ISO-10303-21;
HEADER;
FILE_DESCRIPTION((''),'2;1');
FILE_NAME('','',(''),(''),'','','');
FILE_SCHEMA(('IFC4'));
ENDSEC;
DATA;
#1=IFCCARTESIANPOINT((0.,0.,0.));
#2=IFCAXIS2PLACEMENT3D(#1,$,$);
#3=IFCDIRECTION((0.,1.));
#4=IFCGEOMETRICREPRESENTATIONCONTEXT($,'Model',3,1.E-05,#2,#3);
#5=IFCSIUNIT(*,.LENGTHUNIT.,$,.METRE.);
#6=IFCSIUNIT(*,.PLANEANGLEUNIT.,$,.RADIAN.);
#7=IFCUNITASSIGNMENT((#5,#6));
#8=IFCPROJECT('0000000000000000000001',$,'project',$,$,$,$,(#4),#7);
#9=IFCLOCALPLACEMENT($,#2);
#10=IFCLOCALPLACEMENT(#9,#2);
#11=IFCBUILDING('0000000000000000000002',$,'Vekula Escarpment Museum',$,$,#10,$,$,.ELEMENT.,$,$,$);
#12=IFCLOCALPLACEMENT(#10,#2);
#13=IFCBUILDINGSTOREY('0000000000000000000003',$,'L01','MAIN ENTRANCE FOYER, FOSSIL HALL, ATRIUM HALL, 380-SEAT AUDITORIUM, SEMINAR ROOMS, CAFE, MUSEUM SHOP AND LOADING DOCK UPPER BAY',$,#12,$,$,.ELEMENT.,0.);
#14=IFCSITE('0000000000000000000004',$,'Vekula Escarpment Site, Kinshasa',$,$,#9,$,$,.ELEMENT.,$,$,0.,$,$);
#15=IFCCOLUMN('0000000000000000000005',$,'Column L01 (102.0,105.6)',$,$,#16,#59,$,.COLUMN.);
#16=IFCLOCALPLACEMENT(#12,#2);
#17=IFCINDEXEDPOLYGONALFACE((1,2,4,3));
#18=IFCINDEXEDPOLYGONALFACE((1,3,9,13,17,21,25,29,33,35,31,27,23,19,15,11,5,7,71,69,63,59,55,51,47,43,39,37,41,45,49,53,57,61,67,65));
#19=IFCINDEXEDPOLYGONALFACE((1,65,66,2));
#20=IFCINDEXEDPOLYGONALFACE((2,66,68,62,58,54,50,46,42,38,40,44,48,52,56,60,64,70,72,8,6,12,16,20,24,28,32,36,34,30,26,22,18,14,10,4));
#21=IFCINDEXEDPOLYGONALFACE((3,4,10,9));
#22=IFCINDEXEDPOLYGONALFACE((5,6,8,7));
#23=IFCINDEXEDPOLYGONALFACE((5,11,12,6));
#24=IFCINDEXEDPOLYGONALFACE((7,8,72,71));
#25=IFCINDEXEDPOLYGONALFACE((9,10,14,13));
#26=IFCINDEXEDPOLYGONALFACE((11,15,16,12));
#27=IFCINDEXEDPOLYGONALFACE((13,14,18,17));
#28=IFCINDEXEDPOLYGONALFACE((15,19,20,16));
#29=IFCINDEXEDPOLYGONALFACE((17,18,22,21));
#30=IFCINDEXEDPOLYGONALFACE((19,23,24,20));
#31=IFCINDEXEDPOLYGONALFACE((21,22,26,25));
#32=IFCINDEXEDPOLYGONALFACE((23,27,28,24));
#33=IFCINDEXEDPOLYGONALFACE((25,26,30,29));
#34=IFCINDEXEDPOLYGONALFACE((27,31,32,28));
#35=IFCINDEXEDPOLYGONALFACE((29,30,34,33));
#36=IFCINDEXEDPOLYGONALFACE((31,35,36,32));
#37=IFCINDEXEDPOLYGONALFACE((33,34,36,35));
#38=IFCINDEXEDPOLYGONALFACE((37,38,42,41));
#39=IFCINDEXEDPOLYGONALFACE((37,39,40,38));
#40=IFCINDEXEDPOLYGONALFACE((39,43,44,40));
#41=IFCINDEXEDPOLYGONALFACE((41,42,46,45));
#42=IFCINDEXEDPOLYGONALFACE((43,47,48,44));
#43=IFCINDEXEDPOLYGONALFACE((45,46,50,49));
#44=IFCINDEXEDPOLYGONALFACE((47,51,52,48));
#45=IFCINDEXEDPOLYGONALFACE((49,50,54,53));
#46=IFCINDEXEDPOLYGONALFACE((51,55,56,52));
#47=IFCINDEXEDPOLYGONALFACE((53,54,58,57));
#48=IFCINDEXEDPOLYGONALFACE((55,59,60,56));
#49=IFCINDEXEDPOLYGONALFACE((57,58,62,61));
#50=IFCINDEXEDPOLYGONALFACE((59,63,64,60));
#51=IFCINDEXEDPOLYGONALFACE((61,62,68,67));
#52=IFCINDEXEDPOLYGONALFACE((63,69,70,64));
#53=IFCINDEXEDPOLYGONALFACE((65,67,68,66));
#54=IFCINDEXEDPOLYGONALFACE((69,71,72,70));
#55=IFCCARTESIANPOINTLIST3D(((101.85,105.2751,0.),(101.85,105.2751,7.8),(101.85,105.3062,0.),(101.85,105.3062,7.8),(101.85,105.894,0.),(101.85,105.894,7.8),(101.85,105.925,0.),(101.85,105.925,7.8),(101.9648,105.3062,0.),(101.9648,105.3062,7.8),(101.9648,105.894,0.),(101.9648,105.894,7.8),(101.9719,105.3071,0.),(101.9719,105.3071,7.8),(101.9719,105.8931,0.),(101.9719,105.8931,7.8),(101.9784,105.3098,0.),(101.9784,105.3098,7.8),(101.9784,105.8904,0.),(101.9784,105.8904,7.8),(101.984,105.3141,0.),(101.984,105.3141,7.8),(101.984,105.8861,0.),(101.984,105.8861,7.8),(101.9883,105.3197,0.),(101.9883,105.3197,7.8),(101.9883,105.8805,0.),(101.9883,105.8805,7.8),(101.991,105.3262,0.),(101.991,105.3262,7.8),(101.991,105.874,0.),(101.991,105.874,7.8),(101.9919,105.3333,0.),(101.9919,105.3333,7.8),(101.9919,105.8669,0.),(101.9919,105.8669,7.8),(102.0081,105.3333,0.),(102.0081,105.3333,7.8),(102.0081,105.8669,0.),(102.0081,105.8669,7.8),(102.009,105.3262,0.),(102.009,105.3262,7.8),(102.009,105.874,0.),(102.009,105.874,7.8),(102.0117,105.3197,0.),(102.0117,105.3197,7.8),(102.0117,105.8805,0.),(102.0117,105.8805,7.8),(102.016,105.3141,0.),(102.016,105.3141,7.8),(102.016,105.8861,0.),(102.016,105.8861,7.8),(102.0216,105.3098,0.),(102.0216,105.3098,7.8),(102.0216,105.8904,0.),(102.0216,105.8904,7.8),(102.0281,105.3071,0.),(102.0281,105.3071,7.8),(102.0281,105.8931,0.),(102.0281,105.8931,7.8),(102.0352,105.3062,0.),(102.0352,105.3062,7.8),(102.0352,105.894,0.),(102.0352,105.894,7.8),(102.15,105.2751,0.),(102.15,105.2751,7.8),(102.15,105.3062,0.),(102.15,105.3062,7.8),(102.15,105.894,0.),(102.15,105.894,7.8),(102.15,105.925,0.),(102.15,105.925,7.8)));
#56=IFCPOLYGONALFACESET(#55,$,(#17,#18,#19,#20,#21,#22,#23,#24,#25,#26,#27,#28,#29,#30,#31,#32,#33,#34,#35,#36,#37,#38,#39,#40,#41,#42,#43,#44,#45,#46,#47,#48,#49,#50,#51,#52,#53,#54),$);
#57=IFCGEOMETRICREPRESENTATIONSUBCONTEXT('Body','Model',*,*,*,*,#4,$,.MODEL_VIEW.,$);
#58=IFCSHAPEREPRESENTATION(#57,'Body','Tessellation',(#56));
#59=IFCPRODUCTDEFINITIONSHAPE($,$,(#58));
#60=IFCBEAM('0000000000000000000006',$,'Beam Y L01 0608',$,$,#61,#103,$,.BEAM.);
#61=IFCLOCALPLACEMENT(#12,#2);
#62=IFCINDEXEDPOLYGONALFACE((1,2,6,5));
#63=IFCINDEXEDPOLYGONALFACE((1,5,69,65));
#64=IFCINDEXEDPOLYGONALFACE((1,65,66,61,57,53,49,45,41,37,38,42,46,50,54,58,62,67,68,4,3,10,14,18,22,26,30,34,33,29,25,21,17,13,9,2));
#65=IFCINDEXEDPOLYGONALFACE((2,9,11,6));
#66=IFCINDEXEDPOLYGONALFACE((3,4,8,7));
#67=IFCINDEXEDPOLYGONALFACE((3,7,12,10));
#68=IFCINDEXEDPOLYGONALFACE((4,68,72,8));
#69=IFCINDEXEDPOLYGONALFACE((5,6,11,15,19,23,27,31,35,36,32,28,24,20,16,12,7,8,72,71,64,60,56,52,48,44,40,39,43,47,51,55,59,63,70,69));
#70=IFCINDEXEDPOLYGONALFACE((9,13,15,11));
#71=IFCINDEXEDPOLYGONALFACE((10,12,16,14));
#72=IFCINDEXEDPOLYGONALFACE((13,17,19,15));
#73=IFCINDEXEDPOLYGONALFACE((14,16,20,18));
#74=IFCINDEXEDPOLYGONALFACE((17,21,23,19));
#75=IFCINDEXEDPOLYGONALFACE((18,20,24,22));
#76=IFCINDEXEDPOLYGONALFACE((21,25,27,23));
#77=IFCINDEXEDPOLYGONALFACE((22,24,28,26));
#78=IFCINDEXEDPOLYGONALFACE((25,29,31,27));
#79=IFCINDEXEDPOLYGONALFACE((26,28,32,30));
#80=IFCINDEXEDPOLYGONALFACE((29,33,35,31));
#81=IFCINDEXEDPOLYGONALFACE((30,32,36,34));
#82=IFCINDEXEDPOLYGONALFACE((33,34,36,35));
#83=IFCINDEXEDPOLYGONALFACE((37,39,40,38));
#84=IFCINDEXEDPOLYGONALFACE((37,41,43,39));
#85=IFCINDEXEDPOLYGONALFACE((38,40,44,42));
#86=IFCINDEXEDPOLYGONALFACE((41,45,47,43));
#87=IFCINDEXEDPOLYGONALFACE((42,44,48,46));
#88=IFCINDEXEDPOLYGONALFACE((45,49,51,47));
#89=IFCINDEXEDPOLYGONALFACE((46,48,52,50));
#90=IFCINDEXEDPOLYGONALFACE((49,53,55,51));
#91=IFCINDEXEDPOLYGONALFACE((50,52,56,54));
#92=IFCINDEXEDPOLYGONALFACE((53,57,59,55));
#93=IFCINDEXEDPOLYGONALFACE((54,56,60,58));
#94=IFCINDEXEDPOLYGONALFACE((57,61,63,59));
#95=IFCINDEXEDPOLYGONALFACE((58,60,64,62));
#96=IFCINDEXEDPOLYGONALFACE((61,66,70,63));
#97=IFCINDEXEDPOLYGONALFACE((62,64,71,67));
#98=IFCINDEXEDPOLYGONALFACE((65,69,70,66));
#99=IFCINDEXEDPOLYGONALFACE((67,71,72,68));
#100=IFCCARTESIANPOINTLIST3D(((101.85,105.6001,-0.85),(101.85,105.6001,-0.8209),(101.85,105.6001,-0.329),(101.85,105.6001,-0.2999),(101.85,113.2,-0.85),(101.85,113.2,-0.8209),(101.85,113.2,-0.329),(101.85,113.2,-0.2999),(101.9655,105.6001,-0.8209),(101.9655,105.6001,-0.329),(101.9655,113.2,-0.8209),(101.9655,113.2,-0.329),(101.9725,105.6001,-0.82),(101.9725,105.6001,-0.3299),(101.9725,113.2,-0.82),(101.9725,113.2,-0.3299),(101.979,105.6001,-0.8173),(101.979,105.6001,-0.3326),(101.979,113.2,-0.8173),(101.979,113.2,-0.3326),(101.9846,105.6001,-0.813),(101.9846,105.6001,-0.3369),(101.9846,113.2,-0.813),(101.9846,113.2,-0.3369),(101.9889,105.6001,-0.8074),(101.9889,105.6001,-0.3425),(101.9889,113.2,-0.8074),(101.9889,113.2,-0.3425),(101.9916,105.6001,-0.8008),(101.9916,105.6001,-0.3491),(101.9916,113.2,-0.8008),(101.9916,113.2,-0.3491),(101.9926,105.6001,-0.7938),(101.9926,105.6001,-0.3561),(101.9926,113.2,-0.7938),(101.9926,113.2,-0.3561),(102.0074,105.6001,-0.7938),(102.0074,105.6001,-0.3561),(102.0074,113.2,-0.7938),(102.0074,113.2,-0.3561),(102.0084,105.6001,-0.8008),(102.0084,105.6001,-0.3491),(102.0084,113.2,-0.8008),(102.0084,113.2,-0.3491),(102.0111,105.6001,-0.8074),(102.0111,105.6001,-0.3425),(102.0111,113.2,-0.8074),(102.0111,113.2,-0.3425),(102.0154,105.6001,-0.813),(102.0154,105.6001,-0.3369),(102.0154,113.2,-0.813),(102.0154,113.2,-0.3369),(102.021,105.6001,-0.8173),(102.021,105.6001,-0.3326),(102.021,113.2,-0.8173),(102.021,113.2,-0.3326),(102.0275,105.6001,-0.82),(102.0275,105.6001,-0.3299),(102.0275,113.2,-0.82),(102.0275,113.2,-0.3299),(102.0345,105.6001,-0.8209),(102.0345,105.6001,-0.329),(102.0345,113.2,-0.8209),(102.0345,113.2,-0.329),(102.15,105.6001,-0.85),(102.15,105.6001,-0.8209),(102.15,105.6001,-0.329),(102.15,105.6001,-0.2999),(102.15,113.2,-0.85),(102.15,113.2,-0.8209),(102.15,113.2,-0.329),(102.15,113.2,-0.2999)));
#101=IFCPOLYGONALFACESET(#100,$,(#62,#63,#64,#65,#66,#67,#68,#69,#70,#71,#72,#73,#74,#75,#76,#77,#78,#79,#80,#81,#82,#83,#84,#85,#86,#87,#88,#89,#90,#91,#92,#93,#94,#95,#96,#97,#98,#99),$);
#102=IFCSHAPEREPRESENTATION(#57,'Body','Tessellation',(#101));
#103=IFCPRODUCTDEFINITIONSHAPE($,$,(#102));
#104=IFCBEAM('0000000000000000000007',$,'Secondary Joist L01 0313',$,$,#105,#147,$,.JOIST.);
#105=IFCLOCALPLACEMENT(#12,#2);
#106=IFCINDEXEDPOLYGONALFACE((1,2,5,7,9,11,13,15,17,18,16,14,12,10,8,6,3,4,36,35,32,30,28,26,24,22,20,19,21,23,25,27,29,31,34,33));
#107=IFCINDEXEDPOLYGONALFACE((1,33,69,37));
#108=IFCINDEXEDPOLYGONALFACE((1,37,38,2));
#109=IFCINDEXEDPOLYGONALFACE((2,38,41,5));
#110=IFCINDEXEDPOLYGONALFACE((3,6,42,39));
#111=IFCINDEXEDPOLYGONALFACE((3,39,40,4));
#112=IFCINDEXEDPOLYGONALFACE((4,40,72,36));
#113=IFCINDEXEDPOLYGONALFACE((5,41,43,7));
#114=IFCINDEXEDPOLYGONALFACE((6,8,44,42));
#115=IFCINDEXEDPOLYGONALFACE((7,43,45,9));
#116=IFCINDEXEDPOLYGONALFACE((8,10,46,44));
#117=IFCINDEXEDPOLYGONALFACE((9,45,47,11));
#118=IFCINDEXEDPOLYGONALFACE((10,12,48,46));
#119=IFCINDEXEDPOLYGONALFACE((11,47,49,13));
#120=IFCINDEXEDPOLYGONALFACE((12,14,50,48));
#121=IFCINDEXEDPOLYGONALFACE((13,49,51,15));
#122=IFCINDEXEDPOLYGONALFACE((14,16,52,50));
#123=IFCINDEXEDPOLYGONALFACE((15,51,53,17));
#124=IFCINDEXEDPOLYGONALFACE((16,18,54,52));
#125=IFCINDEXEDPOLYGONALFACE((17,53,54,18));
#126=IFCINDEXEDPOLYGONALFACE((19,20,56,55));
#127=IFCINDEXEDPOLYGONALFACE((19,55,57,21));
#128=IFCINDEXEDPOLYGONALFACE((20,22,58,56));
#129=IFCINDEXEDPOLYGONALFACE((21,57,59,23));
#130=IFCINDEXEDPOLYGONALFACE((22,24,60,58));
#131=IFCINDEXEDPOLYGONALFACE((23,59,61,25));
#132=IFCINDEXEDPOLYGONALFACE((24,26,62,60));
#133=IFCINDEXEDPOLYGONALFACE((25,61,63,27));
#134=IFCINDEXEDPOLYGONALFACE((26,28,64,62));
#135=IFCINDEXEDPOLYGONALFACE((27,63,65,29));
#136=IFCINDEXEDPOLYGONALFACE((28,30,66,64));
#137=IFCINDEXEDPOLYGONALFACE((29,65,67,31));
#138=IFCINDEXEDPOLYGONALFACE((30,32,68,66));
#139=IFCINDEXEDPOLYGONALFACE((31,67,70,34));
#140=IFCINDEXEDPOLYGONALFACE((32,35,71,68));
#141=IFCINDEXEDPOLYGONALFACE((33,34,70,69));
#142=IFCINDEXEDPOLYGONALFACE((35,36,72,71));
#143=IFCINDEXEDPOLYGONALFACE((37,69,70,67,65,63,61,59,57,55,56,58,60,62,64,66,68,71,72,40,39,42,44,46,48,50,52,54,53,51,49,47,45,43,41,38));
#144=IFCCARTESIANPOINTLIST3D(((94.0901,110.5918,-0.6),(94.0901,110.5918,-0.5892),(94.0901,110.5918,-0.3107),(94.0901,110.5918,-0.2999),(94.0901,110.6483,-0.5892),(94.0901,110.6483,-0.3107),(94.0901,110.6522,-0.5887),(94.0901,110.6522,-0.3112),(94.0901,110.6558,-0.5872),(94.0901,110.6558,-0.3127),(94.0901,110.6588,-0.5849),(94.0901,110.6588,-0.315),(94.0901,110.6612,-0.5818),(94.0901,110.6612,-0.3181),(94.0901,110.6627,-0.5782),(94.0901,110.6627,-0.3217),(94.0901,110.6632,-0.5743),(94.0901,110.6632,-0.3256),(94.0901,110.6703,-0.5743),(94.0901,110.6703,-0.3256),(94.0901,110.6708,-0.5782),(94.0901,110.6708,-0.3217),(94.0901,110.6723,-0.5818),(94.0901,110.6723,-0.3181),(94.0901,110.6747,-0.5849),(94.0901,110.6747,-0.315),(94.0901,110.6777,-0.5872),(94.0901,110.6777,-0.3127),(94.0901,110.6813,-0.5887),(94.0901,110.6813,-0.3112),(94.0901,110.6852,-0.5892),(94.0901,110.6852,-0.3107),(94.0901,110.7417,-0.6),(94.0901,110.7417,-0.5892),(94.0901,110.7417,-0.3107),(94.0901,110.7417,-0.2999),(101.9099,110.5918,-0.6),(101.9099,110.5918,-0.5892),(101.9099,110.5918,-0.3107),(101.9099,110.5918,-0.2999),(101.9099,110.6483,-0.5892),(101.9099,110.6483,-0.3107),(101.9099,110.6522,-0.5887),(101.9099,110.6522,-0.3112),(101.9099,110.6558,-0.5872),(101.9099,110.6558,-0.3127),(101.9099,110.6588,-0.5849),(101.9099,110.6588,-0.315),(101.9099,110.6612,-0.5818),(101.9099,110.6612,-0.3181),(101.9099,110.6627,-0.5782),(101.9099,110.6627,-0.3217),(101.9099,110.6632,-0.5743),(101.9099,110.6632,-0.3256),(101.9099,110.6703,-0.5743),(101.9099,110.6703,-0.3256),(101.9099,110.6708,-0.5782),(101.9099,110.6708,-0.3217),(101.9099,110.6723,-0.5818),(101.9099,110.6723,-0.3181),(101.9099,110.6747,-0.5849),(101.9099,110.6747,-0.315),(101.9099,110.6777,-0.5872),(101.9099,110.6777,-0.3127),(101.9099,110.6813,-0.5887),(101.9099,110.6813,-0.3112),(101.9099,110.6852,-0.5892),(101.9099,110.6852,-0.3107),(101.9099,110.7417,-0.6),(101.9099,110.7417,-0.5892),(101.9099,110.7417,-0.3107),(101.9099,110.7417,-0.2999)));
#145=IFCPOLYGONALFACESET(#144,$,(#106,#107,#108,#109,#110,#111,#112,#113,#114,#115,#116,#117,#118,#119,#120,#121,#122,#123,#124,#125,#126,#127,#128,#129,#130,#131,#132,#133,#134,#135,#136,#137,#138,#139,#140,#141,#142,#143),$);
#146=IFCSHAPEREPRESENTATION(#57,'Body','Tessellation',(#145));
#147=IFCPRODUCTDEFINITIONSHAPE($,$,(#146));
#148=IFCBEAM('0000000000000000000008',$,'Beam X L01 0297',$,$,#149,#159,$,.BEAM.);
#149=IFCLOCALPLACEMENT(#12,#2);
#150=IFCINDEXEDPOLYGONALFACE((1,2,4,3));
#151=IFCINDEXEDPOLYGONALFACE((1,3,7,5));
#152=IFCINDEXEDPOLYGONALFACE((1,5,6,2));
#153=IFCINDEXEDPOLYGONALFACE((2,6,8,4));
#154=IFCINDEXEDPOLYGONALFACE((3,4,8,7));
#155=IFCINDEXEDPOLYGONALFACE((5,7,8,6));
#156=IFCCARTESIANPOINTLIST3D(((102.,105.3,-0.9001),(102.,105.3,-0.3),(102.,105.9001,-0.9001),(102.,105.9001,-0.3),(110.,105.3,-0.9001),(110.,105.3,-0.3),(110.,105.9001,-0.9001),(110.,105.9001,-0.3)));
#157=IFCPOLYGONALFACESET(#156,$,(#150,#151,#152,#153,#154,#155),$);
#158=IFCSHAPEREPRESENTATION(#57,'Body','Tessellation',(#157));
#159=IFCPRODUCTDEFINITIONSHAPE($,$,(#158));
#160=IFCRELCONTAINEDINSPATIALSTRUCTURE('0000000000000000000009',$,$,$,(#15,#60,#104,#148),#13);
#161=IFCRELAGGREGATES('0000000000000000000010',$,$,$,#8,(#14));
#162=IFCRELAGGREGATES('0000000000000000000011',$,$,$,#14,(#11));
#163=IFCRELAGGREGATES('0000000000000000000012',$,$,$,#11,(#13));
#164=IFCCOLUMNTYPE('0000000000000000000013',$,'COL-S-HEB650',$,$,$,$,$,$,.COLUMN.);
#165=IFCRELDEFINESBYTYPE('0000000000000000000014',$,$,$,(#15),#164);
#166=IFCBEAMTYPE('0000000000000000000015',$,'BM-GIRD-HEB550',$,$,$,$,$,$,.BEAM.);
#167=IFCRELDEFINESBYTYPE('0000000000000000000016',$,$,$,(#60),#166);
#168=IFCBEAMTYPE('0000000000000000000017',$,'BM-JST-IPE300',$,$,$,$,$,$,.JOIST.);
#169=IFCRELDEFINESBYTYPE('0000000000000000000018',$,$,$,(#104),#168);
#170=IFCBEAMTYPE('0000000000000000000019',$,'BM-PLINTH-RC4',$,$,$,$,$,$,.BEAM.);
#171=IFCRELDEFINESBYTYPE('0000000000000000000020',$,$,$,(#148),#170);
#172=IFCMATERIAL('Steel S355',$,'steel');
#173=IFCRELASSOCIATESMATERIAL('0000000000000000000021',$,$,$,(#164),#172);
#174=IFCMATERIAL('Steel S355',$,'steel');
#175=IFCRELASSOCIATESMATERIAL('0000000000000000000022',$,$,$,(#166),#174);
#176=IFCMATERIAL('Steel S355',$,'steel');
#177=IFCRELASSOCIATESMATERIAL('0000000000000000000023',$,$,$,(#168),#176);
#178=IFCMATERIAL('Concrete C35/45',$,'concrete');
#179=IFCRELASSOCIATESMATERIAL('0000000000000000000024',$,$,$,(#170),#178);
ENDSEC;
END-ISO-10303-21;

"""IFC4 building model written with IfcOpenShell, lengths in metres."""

from ifc_helpers import new_model, si_unit, direction, frame, origin, origin_2d, place, context, subcontext, project, spatial, rectangle, i_section, extrude, material, material_profile, profile_set, type_object, element, save


model = new_model("IFC4")

# Units and contexts
model_context = context("Model", 3, precision=1e-05, world=origin(), true_north=direction((0.0, 1.0)))
body_context = subcontext(model_context, "Body", "Model", "MODEL_VIEW")
ifc_project = project(units=[si_unit("LENGTHUNIT", "METRE"), si_unit("PLANEANGLEUNIT", "RADIAN")], contexts=[model_context])

# Site, building, storey
site_placement = place(None, origin())
site = spatial("IfcSite", under=ifc_project, at=site_placement, Name="Vekula Escarpment Site, Kinshasa", CompositionType="ELEMENT", RefElevation=0.0)
building_placement = place(site_placement, origin())
building = spatial("IfcBuilding", under=site, at=building_placement, Name="Vekula Escarpment Museum", CompositionType="ELEMENT")
storey_placement = place(building_placement, origin())
storey = spatial("IfcBuildingStorey", under=building, at=storey_placement, Name="L01", Description="MAIN ENTRANCE FOYER, FOSSIL HALL, ATRIUM HALL, 380-SEAT AUDITORIUM, SEMINAR ROOMS, CAFE, MUSEUM SHOP AND LOADING DOCK UPPER BAY", CompositionType="ELEMENT", Elevation=0.0)

# Column
ifc_material_1 = material(Name="Steel S355", Category="steel")
ifc_material_profile_1 = material_profile(ifc_material_1, i_section(OverallWidth=0.3, OverallDepth=0.6499, WebThickness=0.0161, FlangeThickness=0.031, FilletRadius=0.0271, at=origin_2d()), Name="HEB 650")
ifc_profile_set_1 = profile_set([ifc_material_profile_1], Name="Steel S355")
column_type = type_object("IfcColumnType", Name="COL-S-HEB650", PredefinedType="COLUMN", material=ifc_profile_set_1)
column_placement = place(storey_placement, frame((102.0, 105.6001, 0.0), z_axis=(0.0, 0.0, 1.0), x_axis=(1.0, 0.0, 0.0)))
element("IfcColumn", 1, at=column_placement, inside=storey, type_object=column_type, Name="Column L01 (102.0,105.6)", PredefinedType="COLUMN", context=body_context, shape_type="SweptSolid", body=[
    extrude(i_section(OverallWidth=0.3, OverallDepth=0.6499, WebThickness=0.0161, FlangeThickness=0.031, FilletRadius=0.0271, at=origin_2d()), origin(), (0.0, 0.0, 1.0), 7.8),
])

# Beams
ifc_material_2 = material(Name="Steel S355", Category="steel")
ifc_material_profile_2 = material_profile(ifc_material_2, i_section(OverallWidth=0.3, OverallDepth=0.55, WebThickness=0.0149, FlangeThickness=0.0291, FilletRadius=0.0271, at=origin_2d()), Name="HEB 550")
ifc_profile_set_2 = profile_set([ifc_material_profile_2], Name="Steel S355")
beam_type_1 = type_object("IfcBeamType", Name="BM-GIRD-HEB550", PredefinedType="BEAM", material=ifc_profile_set_2)
beam_1_placement = place(storey_placement, frame((102.0, 105.6001, -0.575), z_axis=(0.0, 1.0, 0.0), x_axis=(-1.0, 0.0, 0.0)))
element("IfcBeam", 2, at=beam_1_placement, inside=storey, type_object=beam_type_1, Name="Beam Y L01 0608", PredefinedType="BEAM", context=body_context, shape_type="SweptSolid", body=[
    extrude(i_section(OverallWidth=0.3, OverallDepth=0.55, WebThickness=0.0149, FlangeThickness=0.0291, FilletRadius=0.0271, at=origin_2d()), origin(), (0.0, 0.0, 1.0), 7.5999),
])
ifc_material_3 = material(Name="Steel S355", Category="steel")
ifc_material_profile_3 = material_profile(ifc_material_3, i_section(OverallWidth=0.1499, OverallDepth=0.3, WebThickness=0.0071, FlangeThickness=0.0107, FilletRadius=0.0149, at=origin_2d()), Name="IPE 300")
ifc_profile_set_3 = profile_set([ifc_material_profile_3], Name="Steel S355")
beam_type_2 = type_object("IfcBeamType", Name="BM-JST-IPE300", PredefinedType="JOIST", material=ifc_profile_set_3)
beam_2_placement = place(storey_placement, frame((94.0901, 110.6667, -0.45), z_axis=(1.0, 0.0, 0.0), x_axis=(0.0, 1.0, 0.0)))
element("IfcBeam", 3, at=beam_2_placement, inside=storey, type_object=beam_type_2, Name="Secondary Joist L01 0313", PredefinedType="JOIST", context=body_context, shape_type="SweptSolid", body=[
    extrude(i_section(OverallWidth=0.1499, OverallDepth=0.3, WebThickness=0.0071, FlangeThickness=0.0107, FilletRadius=0.0149, at=origin_2d()), origin(), (0.0, 0.0, 1.0), 7.8198),
])
ifc_material_4 = material(Name="Concrete C35/45", Category="concrete")
ifc_material_profile_4 = material_profile(ifc_material_4, rectangle(XDim=0.6001, YDim=0.6001, at=origin_2d()), Name="RC 600x600")
ifc_profile_set_4 = profile_set([ifc_material_profile_4], Name="Concrete C35/45")
beam_type_3 = type_object("IfcBeamType", Name="BM-PLINTH-RC4", PredefinedType="BEAM", material=ifc_profile_set_4)
beam_3_placement = place(storey_placement, frame((102.0, 105.6001, -0.6001), z_axis=(1.0, 0.0, 0.0), x_axis=(0.0, 1.0, 0.0)))
element("IfcBeam", 4, at=beam_3_placement, inside=storey, type_object=beam_type_3, Name="Beam X L01 0297", PredefinedType="BEAM", context=body_context, shape_type="SweptSolid", body=[
    extrude(rectangle(XDim=0.6001, YDim=0.6001, at=origin_2d()), origin(), (0.0, 0.0, 1.0), 8.0),
])

save(model, "model.ifc")
